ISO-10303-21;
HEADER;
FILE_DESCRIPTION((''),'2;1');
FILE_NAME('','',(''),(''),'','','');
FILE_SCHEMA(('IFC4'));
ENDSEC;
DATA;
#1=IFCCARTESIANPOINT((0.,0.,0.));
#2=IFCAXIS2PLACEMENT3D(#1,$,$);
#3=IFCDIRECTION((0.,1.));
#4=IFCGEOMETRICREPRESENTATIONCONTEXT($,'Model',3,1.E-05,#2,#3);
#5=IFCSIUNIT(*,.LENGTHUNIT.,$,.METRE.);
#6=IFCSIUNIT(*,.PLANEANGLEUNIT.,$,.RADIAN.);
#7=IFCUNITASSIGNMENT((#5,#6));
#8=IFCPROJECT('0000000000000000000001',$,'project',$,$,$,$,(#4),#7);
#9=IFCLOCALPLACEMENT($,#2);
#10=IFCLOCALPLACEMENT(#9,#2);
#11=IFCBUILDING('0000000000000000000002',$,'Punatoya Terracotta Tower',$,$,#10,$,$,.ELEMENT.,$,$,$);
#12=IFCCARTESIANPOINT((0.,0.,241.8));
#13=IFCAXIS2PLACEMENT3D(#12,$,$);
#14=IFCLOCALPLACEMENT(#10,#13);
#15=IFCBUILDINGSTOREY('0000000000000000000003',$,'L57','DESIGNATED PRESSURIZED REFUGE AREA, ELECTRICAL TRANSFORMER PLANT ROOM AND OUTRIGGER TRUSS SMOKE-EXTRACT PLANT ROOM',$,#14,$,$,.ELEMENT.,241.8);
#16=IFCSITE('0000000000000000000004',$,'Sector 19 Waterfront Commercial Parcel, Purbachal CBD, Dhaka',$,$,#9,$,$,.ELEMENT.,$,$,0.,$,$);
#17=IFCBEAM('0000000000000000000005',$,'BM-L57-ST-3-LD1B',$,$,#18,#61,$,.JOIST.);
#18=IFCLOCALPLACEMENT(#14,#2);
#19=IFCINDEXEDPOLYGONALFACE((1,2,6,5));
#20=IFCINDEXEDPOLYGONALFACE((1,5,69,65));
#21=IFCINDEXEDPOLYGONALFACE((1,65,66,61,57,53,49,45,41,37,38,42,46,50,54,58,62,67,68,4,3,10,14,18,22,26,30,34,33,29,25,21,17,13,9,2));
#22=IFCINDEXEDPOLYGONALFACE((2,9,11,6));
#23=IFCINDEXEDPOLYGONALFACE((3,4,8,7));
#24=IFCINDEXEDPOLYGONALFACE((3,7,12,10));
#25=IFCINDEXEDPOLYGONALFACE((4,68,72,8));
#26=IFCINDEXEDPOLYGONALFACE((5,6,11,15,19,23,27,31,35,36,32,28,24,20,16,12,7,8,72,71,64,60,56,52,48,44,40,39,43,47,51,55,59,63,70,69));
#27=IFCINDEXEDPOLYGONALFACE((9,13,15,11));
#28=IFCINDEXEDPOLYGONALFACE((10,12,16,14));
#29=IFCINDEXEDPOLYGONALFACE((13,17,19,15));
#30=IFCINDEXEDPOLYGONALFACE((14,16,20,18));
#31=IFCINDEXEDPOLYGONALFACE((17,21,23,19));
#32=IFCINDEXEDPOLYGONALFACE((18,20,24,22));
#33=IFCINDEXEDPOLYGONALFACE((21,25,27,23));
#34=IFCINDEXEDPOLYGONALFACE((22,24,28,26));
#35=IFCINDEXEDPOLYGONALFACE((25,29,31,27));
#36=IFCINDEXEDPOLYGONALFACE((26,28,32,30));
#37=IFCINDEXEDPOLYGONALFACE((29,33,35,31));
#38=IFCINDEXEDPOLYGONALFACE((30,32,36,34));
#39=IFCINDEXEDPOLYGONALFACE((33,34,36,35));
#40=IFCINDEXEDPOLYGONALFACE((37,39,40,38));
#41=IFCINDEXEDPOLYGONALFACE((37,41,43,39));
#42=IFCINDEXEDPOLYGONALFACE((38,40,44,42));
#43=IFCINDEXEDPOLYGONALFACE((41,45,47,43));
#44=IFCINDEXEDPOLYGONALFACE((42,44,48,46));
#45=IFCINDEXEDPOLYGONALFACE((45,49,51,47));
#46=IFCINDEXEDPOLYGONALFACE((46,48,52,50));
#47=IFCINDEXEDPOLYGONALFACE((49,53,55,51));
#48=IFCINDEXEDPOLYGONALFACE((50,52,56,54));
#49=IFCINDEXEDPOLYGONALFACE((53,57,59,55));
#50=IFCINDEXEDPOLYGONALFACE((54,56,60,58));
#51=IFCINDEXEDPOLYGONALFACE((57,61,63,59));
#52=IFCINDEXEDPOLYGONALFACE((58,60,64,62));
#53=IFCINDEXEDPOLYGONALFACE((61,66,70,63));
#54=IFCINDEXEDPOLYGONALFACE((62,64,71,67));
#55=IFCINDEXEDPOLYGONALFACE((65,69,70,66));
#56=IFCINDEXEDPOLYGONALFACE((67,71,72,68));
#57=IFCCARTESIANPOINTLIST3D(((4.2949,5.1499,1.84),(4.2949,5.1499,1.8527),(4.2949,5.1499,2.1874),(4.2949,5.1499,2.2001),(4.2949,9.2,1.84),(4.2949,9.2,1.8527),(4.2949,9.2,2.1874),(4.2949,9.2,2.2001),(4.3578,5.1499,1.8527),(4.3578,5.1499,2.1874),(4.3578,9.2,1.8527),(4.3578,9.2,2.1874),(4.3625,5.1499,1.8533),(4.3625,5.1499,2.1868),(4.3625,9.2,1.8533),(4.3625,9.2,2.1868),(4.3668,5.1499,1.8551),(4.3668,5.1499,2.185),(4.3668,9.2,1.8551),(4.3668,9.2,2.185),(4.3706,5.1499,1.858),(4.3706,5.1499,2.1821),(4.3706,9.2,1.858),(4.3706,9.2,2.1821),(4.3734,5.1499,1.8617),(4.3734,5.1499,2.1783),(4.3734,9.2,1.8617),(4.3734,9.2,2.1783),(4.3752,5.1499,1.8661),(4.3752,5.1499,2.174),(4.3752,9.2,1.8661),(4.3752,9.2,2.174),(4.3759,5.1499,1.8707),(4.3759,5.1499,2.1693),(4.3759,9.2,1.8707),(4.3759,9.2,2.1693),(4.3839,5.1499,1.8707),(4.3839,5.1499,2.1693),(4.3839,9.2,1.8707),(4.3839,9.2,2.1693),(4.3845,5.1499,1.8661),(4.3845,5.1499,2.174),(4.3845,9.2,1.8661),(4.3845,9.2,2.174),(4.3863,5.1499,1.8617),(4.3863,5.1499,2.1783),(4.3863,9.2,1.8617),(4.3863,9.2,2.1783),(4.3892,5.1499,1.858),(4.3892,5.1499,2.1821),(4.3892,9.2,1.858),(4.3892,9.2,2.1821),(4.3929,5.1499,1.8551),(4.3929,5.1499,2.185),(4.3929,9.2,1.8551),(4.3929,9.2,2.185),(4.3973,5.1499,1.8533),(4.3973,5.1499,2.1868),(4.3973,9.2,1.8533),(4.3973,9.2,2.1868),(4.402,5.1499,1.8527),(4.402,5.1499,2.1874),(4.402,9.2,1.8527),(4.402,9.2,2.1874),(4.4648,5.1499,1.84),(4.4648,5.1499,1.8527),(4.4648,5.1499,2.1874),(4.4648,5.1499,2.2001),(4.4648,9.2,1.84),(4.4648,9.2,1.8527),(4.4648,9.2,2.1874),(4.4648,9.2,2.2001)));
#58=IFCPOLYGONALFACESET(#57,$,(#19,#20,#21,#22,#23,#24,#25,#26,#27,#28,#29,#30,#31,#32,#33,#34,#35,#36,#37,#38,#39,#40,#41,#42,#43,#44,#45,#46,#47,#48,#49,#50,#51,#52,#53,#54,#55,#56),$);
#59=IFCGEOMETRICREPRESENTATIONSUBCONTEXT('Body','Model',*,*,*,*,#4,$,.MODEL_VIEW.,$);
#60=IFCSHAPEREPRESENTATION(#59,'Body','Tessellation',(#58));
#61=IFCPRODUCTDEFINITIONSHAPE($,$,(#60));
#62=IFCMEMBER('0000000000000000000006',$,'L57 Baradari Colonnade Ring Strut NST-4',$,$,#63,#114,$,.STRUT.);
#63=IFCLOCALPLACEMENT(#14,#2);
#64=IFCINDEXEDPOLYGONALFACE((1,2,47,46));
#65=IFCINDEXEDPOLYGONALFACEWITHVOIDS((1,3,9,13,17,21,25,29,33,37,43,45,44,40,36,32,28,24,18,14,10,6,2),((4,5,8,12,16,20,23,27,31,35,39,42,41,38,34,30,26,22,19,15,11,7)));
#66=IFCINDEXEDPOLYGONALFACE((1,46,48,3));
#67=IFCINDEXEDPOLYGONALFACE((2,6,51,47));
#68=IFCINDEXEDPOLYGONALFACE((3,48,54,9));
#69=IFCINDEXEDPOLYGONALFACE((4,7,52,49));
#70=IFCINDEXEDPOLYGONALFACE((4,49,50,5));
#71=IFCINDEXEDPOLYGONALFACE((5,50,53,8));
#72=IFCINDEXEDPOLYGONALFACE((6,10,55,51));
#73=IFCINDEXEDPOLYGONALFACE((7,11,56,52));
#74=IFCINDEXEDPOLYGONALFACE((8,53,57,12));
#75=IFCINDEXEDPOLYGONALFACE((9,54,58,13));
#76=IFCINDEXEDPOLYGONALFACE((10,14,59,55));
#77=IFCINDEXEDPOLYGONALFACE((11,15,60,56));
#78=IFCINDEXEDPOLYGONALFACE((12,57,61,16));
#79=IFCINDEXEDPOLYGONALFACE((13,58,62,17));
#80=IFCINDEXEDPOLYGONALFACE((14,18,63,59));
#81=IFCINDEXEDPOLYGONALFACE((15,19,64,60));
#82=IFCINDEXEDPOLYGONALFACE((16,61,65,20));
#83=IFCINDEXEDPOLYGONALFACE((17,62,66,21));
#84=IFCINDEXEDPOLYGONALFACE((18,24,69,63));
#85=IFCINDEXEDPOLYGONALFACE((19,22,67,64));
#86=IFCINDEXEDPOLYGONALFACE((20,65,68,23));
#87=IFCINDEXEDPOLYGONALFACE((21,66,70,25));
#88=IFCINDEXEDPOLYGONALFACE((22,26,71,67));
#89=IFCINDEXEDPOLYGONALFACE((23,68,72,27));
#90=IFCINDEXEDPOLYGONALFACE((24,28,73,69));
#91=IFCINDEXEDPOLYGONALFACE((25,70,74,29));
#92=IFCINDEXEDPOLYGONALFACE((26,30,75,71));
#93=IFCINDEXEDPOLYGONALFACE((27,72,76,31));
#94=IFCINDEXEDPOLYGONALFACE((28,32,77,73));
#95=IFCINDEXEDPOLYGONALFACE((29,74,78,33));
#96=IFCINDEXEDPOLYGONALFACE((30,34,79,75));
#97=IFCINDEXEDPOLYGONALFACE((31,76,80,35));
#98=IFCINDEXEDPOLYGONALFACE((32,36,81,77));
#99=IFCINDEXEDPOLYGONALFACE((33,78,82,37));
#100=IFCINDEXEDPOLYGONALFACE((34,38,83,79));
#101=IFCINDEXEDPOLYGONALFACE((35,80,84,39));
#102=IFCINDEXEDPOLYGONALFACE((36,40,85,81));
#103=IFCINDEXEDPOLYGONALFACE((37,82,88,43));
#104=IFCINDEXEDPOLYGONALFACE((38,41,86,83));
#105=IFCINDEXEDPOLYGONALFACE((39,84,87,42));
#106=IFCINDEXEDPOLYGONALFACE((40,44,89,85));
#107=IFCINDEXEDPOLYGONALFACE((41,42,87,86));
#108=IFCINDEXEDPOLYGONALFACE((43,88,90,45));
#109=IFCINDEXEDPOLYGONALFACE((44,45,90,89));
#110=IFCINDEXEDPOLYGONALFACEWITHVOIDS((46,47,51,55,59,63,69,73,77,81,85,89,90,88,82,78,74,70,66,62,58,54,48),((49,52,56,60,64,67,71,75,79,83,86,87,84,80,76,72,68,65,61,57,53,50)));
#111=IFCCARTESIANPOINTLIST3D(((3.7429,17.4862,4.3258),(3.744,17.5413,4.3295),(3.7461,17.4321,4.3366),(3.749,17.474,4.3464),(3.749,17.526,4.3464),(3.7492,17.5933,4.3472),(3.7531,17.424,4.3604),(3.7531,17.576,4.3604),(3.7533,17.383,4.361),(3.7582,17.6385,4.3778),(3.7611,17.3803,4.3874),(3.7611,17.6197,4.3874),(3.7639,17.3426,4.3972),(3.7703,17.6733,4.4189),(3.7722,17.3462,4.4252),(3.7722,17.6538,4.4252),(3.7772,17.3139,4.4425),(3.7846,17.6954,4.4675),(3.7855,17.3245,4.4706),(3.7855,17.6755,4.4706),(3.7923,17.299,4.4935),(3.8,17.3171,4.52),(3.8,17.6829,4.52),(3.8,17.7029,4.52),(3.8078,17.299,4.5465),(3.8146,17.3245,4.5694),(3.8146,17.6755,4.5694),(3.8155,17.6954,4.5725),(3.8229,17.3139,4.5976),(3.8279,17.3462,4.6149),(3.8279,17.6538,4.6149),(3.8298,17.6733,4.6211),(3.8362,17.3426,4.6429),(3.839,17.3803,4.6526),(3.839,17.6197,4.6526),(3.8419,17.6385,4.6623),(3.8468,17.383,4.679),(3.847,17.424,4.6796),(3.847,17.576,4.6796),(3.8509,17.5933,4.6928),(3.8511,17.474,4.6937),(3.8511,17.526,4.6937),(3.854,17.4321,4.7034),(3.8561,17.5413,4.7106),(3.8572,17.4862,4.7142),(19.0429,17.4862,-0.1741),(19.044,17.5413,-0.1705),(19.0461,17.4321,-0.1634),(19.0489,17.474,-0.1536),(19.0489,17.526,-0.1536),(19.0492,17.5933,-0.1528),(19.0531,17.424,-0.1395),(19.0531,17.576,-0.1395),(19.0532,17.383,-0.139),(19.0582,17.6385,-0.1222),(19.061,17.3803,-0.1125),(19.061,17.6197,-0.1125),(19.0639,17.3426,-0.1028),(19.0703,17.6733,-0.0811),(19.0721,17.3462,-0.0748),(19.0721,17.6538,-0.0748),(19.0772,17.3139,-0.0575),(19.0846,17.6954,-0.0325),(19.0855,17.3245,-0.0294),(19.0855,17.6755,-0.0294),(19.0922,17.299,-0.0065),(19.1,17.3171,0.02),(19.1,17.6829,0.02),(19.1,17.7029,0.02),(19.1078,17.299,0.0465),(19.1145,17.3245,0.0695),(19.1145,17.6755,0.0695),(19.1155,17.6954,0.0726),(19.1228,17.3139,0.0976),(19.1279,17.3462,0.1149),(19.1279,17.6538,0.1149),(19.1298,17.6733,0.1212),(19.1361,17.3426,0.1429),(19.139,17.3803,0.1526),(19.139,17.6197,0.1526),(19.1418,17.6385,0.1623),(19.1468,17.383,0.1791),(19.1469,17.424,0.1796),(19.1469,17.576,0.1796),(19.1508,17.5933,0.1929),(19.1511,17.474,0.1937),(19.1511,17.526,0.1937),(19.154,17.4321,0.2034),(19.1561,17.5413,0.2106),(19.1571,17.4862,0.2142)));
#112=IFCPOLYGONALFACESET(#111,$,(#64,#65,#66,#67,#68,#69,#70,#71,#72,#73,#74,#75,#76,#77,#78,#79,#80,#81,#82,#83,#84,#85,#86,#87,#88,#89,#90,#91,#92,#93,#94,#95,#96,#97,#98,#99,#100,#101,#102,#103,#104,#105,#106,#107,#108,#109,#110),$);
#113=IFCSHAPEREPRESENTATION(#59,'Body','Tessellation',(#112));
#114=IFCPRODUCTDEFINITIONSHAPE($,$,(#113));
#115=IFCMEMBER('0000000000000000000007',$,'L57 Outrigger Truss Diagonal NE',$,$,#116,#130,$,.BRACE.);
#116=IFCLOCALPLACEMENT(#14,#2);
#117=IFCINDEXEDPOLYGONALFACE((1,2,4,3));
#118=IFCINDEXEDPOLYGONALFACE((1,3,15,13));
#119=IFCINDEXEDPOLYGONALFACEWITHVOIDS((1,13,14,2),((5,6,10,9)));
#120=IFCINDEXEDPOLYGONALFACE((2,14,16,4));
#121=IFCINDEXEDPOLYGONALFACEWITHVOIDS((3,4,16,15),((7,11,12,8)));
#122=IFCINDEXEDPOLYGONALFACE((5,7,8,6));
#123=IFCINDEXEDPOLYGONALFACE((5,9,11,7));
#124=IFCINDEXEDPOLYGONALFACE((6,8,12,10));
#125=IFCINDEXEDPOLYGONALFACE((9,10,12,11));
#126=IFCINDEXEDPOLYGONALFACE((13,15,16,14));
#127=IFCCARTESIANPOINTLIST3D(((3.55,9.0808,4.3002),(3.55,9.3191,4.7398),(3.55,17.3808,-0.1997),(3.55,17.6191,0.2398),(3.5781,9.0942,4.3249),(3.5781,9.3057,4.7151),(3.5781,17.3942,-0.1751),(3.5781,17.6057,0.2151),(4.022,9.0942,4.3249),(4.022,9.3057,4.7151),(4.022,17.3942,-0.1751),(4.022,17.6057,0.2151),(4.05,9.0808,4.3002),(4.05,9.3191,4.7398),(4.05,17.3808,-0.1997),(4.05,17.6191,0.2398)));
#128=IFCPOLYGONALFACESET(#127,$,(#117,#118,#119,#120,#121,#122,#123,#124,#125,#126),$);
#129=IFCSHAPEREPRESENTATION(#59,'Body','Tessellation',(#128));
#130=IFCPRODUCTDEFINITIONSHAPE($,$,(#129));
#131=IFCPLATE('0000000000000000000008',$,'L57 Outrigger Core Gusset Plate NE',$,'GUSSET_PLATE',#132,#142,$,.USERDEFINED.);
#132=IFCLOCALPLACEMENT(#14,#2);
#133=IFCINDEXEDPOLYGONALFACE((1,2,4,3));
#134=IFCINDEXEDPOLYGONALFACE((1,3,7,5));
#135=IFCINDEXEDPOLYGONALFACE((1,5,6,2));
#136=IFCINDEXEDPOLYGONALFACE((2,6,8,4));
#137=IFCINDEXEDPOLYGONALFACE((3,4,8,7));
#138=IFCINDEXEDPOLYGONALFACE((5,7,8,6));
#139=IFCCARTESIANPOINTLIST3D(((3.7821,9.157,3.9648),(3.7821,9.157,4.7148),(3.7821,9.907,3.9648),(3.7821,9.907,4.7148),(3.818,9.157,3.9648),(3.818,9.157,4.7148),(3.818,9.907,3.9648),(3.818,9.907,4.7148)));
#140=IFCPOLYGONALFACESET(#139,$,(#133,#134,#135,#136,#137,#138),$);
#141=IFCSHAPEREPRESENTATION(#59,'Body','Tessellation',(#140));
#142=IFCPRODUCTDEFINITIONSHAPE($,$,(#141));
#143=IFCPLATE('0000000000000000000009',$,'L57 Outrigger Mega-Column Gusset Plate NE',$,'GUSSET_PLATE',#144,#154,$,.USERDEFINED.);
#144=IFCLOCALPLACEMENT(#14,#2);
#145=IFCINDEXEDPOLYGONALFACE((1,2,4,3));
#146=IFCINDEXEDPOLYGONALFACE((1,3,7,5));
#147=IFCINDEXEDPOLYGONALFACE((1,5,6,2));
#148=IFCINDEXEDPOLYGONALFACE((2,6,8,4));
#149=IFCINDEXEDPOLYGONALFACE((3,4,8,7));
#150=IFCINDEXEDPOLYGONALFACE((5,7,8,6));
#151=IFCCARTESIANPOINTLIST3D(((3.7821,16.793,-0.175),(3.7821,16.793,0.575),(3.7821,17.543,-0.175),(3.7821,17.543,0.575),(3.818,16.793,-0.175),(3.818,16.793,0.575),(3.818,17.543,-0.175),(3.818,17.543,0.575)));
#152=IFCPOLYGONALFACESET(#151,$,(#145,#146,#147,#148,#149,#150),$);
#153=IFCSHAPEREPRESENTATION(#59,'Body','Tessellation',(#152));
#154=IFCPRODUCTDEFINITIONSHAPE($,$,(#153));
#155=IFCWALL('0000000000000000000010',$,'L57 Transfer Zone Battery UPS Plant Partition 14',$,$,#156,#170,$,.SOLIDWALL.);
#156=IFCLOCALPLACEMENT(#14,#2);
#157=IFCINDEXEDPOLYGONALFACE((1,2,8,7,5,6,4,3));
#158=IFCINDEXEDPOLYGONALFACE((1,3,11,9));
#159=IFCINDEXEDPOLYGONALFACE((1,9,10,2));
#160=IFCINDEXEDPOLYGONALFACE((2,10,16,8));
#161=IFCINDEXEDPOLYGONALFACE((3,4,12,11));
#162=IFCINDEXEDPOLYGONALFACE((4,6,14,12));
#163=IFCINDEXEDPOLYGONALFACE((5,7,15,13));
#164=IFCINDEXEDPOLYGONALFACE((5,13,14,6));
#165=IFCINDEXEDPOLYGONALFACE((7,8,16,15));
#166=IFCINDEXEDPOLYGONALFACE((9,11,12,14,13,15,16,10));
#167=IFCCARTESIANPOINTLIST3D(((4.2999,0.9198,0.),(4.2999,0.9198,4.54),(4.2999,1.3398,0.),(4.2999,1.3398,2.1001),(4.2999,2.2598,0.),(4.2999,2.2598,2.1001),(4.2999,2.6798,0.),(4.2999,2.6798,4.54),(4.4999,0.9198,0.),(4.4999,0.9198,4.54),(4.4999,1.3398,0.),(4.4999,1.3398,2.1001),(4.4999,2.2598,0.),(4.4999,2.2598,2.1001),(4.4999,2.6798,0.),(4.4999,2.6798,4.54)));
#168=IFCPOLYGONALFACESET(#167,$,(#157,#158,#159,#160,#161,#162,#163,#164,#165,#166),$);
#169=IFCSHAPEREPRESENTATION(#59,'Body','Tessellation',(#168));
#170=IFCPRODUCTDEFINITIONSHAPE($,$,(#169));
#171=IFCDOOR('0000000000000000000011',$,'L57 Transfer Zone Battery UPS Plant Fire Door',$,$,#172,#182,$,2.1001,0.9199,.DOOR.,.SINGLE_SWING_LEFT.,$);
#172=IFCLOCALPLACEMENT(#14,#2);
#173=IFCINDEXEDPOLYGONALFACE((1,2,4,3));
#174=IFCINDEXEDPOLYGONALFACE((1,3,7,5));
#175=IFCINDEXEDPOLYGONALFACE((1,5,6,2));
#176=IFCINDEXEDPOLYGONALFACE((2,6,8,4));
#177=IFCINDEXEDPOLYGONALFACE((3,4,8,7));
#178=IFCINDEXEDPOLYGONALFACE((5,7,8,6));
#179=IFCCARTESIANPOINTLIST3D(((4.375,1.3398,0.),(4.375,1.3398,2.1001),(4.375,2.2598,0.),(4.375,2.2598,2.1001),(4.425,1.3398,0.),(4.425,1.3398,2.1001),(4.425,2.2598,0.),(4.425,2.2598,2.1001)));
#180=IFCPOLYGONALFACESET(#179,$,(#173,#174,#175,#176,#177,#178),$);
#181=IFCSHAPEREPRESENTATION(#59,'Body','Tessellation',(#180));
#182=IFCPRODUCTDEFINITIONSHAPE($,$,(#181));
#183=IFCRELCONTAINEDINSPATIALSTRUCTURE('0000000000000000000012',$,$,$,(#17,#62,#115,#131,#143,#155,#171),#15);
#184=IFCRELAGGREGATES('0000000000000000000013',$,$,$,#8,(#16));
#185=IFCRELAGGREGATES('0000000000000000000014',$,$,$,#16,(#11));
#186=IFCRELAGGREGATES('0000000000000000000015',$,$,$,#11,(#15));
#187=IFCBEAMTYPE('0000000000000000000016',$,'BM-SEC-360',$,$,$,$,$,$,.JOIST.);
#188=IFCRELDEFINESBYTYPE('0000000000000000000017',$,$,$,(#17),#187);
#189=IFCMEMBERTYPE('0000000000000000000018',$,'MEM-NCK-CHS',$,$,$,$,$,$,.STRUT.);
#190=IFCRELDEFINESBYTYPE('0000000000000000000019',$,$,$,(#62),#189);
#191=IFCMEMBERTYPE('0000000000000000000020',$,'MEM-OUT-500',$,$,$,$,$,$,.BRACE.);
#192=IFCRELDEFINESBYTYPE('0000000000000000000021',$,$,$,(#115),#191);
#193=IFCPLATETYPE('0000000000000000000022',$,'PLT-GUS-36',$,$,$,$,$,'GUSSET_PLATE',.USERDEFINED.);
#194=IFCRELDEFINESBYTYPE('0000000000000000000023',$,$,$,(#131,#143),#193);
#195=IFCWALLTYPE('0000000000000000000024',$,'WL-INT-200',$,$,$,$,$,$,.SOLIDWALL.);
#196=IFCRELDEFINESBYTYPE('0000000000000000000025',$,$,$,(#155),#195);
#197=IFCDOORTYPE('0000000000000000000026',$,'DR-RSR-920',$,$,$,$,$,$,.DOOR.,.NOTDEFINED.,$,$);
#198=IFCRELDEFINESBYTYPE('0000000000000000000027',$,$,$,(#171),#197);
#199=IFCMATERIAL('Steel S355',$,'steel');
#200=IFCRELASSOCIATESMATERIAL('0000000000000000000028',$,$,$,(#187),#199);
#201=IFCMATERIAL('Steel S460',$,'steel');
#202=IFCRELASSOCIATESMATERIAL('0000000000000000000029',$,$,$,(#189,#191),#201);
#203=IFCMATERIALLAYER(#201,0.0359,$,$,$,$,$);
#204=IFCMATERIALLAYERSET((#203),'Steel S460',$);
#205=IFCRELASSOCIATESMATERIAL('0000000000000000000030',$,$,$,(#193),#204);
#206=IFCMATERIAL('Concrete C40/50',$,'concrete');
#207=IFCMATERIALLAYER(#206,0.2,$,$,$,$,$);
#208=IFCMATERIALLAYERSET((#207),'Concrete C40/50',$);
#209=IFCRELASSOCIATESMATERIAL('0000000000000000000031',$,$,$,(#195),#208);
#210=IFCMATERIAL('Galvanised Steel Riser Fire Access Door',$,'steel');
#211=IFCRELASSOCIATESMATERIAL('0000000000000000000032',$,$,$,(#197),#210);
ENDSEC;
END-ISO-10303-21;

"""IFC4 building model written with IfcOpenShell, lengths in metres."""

from ifc_helpers import new_model, si_unit, direction, frame, frame_2d, origin, origin_2d, place, context, subcontext, project, spatial, rectangle, hollow_rectangle, hollow_circle, i_section, extrude, material, layer, layer_set, material_profile, profile_set, type_object, element, fill, save


model = new_model("IFC4")

# Units and contexts
model_context = context("Model", 3, precision=1e-05, world=origin(), true_north=direction((0.0, 1.0)))
body_context = subcontext(model_context, "Body", "Model", "MODEL_VIEW")
ifc_project = project(units=[si_unit("LENGTHUNIT", "METRE"), si_unit("PLANEANGLEUNIT", "RADIAN")], contexts=[model_context])

# Site, building, storey
site_placement = place(None, origin())
site = spatial("IfcSite", under=ifc_project, at=site_placement, Name="Sector 19 Waterfront Commercial Parcel, Purbachal CBD, Dhaka", CompositionType="ELEMENT", RefElevation=0.0)
building_placement = place(site_placement, origin())
building = spatial("IfcBuilding", under=site, at=building_placement, Name="Punatoya Terracotta Tower", CompositionType="ELEMENT")
storey_placement = place(building_placement, frame((0.0, 0.0, 241.8)))
storey = spatial("IfcBuildingStorey", under=building, at=storey_placement, Name="L57", Description="DESIGNATED PRESSURIZED REFUGE AREA, ELECTRICAL TRANSFORMER PLANT ROOM AND OUTRIGGER TRUSS SMOKE-EXTRACT PLANT ROOM", CompositionType="ELEMENT", Elevation=241.8)

# Shared definitions
ifc_material_1 = material(Name="Steel S460", Category="steel")

# Beam
ifc_material_2 = material(Name="Steel S355", Category="steel")
ifc_material_profile_1 = material_profile(ifc_material_2, i_section(OverallWidth=0.1699, OverallDepth=0.3601, WebThickness=0.0081, FlangeThickness=0.0127, FilletRadius=0.0181, at=origin_2d()))
ifc_profile_set_1 = profile_set([ifc_material_profile_1], Name="Steel S355")
beam_type_1 = type_object("IfcBeamType", Name="BM-SEC-360", PredefinedType="JOIST", material=ifc_profile_set_1)
for number, where, z_axis, x_axis, name in (
    (1, (4.3799, 5.1499, 2.02), (0.0, 1.0, 0.0), (-1.0, 0.0, 0.0), "BM-L57-ST-3-LD1B"),
):
    element("IfcBeam", number, at=place(storey_placement, frame(where, z_axis=z_axis, x_axis=x_axis)), inside=storey, type_object=beam_type_1, Name=name, PredefinedType="JOIST", context=body_context, shape_type="SweptSolid", body=[
        extrude(i_section(OverallWidth=0.1699, OverallDepth=0.3601, WebThickness=0.0081, FlangeThickness=0.0127, FilletRadius=0.0181, at=origin_2d()), origin(), (0.0, 0.0, 1.0), 4.05),
    ])

# Members
ifc_material_profile_2 = material_profile(ifc_material_1, hollow_circle(Radius=0.2029, WallThickness=0.02, at=origin_2d()))
ifc_profile_set_2 = profile_set([ifc_material_profile_2], Name="Steel S460")
member_type_1 = type_object("IfcMemberType", Name="MEM-NCK-CHS", PredefinedType="STRUT", material=ifc_profile_set_2)
member_1_placement = place(storey_placement, frame((3.8, 17.5, 4.52), z_axis=(0.959366, 0.0, -0.282165), x_axis=(0.0, 1.0, 0.0)))
element("IfcMember", 2, at=member_1_placement, inside=storey, type_object=member_type_1, Name="L57 Baradari Colonnade Ring Strut NST-4", PredefinedType="STRUT", context=body_context, shape_type="SweptSolid", body=[
    extrude(hollow_circle(Radius=0.2029, WallThickness=0.02, at=origin_2d()), origin(), (0.0, 0.0, 1.0), 15.948),
])
ifc_material_profile_3 = material_profile(ifc_material_1, hollow_rectangle(XDim=0.5, YDim=0.5, WallThickness=0.0281, at=origin_2d()))
ifc_profile_set_3 = profile_set([ifc_material_profile_3], Name="Steel S460")
member_type_2 = type_object("IfcMemberType", Name="MEM-OUT-500", PredefinedType="BRACE", material=ifc_profile_set_3)
member_2_placement = place(storey_placement, frame((3.8, 9.2, 4.52), z_axis=(0.0, 0.879108, -0.476622), x_axis=(-1.0, 0.0, 0.0)))
element("IfcMember", 3, at=member_2_placement, inside=storey, type_object=member_type_2, Name="L57 Outrigger Truss Diagonal NE", PredefinedType="BRACE", context=body_context, shape_type="SweptSolid", body=[
    extrude(hollow_rectangle(XDim=0.5, YDim=0.5, WallThickness=0.0281, at=origin_2d()), origin(), (0.0, 0.0, 1.0), 9.4414),
])

# Plates
ifc_layer_1 = layer(ifc_material_1, 0.0359)
ifc_layer_set_1 = layer_set([ifc_layer_1], Name="Steel S460")
plate_type = type_object("IfcPlateType", Name="PLT-GUS-36", ElementType="GUSSET_PLATE", PredefinedType="USERDEFINED", material=ifc_layer_set_1)
for number, where, z_axis, x_axis, name in (
    (4, (3.8, 9.532, 3.9648), (0.0, 0.0, 1.0), (0.0, 1.0, 0.0), "L57 Outrigger Core Gusset Plate NE"),
    (5, (3.8, 17.168, -0.175), (0.0, 0.0, 1.0), (0.0, 1.0, 0.0), "L57 Outrigger Mega-Column Gusset Plate NE"),
):
    element("IfcPlate", number, at=place(storey_placement, frame(where, z_axis=z_axis, x_axis=x_axis)), inside=storey, type_object=plate_type, Name=name, ObjectType="GUSSET_PLATE", PredefinedType="USERDEFINED", context=body_context, shape_type="SweptSolid", body=[
        extrude(rectangle(XDim=0.75, YDim=0.0359, at=origin_2d()), origin(), (0.0, 0.0, 1.0), 0.75),
    ])

# Wall, opening, door
ifc_material_3 = material(Name="Concrete C40/50", Category="concrete")
ifc_layer_2 = layer(ifc_material_3, 0.2)
ifc_layer_set_2 = layer_set([ifc_layer_2], Name="Concrete C40/50")
wall_type_1 = type_object("IfcWallType", Name="WL-INT-200", PredefinedType="SOLIDWALL", material=ifc_layer_set_2)
wall_1_placement = place(storey_placement, frame((4.3999, 0.9199, 0.0), z_axis=(0.0, 0.0, 1.0), x_axis=(0.0, 1.0, 0.0)))
wall_1 = element("IfcWall", 6, at=wall_1_placement, inside=storey, type_object=wall_type_1, Name="L57 Transfer Zone Battery UPS Plant Partition 14", PredefinedType="SOLIDWALL", context=body_context, shape_type="SweptSolid", body=[
    extrude(rectangle(XDim=1.76, YDim=0.2, at=frame_2d((0.8799, 0.0))), origin(), (0.0, 0.0, 1.0), 4.54),
])
opening_1_placement = place(wall_1_placement, frame((0.4199, 0.0, 0.0)))
opening_1 = element("IfcOpeningElement", 7, at=opening_1_placement, cuts=wall_1, PredefinedType="OPENING", context=body_context, shape_type="SweptSolid", body=[
    extrude(rectangle(XDim=0.9199, YDim=2.1001, at=frame_2d((0.46, 1.05))), frame((0.0, 0.1099, 0.0), z_axis=(0.0, -1.0, 0.0), x_axis=(1.0, 0.0, 0.0)), (0.0, 0.0, 1.0), 0.22),
])
ifc_material_4 = material(Name="Galvanised Steel Riser Fire Access Door", Category="steel")
door_type = type_object("IfcDoorType", Name="DR-RSR-920", OperationType="NOTDEFINED", PredefinedType="DOOR", material=ifc_material_4)
door_1_placement = place(opening_1_placement, origin())
door_1 = element("IfcDoor", 8, at=door_1_placement, inside=storey, type_object=door_type, Name="L57 Transfer Zone Battery UPS Plant Fire Door", OperationType="SINGLE_SWING_LEFT", OverallHeight=2.1001, OverallWidth=0.9199, PredefinedType="DOOR", context=body_context, shape_type="SweptSolid", body=[
    extrude(rectangle(XDim=0.9199, YDim=2.1001, at=frame_2d((0.46, 1.05))), frame((0.0, 0.0249, 0.0), z_axis=(0.0, -1.0, 0.0), x_axis=(1.0, 0.0, 0.0)), (0.0, 0.0, 1.0), 0.05),
])
fill(opening_1, door_1)

save(model, "model.ifc")
